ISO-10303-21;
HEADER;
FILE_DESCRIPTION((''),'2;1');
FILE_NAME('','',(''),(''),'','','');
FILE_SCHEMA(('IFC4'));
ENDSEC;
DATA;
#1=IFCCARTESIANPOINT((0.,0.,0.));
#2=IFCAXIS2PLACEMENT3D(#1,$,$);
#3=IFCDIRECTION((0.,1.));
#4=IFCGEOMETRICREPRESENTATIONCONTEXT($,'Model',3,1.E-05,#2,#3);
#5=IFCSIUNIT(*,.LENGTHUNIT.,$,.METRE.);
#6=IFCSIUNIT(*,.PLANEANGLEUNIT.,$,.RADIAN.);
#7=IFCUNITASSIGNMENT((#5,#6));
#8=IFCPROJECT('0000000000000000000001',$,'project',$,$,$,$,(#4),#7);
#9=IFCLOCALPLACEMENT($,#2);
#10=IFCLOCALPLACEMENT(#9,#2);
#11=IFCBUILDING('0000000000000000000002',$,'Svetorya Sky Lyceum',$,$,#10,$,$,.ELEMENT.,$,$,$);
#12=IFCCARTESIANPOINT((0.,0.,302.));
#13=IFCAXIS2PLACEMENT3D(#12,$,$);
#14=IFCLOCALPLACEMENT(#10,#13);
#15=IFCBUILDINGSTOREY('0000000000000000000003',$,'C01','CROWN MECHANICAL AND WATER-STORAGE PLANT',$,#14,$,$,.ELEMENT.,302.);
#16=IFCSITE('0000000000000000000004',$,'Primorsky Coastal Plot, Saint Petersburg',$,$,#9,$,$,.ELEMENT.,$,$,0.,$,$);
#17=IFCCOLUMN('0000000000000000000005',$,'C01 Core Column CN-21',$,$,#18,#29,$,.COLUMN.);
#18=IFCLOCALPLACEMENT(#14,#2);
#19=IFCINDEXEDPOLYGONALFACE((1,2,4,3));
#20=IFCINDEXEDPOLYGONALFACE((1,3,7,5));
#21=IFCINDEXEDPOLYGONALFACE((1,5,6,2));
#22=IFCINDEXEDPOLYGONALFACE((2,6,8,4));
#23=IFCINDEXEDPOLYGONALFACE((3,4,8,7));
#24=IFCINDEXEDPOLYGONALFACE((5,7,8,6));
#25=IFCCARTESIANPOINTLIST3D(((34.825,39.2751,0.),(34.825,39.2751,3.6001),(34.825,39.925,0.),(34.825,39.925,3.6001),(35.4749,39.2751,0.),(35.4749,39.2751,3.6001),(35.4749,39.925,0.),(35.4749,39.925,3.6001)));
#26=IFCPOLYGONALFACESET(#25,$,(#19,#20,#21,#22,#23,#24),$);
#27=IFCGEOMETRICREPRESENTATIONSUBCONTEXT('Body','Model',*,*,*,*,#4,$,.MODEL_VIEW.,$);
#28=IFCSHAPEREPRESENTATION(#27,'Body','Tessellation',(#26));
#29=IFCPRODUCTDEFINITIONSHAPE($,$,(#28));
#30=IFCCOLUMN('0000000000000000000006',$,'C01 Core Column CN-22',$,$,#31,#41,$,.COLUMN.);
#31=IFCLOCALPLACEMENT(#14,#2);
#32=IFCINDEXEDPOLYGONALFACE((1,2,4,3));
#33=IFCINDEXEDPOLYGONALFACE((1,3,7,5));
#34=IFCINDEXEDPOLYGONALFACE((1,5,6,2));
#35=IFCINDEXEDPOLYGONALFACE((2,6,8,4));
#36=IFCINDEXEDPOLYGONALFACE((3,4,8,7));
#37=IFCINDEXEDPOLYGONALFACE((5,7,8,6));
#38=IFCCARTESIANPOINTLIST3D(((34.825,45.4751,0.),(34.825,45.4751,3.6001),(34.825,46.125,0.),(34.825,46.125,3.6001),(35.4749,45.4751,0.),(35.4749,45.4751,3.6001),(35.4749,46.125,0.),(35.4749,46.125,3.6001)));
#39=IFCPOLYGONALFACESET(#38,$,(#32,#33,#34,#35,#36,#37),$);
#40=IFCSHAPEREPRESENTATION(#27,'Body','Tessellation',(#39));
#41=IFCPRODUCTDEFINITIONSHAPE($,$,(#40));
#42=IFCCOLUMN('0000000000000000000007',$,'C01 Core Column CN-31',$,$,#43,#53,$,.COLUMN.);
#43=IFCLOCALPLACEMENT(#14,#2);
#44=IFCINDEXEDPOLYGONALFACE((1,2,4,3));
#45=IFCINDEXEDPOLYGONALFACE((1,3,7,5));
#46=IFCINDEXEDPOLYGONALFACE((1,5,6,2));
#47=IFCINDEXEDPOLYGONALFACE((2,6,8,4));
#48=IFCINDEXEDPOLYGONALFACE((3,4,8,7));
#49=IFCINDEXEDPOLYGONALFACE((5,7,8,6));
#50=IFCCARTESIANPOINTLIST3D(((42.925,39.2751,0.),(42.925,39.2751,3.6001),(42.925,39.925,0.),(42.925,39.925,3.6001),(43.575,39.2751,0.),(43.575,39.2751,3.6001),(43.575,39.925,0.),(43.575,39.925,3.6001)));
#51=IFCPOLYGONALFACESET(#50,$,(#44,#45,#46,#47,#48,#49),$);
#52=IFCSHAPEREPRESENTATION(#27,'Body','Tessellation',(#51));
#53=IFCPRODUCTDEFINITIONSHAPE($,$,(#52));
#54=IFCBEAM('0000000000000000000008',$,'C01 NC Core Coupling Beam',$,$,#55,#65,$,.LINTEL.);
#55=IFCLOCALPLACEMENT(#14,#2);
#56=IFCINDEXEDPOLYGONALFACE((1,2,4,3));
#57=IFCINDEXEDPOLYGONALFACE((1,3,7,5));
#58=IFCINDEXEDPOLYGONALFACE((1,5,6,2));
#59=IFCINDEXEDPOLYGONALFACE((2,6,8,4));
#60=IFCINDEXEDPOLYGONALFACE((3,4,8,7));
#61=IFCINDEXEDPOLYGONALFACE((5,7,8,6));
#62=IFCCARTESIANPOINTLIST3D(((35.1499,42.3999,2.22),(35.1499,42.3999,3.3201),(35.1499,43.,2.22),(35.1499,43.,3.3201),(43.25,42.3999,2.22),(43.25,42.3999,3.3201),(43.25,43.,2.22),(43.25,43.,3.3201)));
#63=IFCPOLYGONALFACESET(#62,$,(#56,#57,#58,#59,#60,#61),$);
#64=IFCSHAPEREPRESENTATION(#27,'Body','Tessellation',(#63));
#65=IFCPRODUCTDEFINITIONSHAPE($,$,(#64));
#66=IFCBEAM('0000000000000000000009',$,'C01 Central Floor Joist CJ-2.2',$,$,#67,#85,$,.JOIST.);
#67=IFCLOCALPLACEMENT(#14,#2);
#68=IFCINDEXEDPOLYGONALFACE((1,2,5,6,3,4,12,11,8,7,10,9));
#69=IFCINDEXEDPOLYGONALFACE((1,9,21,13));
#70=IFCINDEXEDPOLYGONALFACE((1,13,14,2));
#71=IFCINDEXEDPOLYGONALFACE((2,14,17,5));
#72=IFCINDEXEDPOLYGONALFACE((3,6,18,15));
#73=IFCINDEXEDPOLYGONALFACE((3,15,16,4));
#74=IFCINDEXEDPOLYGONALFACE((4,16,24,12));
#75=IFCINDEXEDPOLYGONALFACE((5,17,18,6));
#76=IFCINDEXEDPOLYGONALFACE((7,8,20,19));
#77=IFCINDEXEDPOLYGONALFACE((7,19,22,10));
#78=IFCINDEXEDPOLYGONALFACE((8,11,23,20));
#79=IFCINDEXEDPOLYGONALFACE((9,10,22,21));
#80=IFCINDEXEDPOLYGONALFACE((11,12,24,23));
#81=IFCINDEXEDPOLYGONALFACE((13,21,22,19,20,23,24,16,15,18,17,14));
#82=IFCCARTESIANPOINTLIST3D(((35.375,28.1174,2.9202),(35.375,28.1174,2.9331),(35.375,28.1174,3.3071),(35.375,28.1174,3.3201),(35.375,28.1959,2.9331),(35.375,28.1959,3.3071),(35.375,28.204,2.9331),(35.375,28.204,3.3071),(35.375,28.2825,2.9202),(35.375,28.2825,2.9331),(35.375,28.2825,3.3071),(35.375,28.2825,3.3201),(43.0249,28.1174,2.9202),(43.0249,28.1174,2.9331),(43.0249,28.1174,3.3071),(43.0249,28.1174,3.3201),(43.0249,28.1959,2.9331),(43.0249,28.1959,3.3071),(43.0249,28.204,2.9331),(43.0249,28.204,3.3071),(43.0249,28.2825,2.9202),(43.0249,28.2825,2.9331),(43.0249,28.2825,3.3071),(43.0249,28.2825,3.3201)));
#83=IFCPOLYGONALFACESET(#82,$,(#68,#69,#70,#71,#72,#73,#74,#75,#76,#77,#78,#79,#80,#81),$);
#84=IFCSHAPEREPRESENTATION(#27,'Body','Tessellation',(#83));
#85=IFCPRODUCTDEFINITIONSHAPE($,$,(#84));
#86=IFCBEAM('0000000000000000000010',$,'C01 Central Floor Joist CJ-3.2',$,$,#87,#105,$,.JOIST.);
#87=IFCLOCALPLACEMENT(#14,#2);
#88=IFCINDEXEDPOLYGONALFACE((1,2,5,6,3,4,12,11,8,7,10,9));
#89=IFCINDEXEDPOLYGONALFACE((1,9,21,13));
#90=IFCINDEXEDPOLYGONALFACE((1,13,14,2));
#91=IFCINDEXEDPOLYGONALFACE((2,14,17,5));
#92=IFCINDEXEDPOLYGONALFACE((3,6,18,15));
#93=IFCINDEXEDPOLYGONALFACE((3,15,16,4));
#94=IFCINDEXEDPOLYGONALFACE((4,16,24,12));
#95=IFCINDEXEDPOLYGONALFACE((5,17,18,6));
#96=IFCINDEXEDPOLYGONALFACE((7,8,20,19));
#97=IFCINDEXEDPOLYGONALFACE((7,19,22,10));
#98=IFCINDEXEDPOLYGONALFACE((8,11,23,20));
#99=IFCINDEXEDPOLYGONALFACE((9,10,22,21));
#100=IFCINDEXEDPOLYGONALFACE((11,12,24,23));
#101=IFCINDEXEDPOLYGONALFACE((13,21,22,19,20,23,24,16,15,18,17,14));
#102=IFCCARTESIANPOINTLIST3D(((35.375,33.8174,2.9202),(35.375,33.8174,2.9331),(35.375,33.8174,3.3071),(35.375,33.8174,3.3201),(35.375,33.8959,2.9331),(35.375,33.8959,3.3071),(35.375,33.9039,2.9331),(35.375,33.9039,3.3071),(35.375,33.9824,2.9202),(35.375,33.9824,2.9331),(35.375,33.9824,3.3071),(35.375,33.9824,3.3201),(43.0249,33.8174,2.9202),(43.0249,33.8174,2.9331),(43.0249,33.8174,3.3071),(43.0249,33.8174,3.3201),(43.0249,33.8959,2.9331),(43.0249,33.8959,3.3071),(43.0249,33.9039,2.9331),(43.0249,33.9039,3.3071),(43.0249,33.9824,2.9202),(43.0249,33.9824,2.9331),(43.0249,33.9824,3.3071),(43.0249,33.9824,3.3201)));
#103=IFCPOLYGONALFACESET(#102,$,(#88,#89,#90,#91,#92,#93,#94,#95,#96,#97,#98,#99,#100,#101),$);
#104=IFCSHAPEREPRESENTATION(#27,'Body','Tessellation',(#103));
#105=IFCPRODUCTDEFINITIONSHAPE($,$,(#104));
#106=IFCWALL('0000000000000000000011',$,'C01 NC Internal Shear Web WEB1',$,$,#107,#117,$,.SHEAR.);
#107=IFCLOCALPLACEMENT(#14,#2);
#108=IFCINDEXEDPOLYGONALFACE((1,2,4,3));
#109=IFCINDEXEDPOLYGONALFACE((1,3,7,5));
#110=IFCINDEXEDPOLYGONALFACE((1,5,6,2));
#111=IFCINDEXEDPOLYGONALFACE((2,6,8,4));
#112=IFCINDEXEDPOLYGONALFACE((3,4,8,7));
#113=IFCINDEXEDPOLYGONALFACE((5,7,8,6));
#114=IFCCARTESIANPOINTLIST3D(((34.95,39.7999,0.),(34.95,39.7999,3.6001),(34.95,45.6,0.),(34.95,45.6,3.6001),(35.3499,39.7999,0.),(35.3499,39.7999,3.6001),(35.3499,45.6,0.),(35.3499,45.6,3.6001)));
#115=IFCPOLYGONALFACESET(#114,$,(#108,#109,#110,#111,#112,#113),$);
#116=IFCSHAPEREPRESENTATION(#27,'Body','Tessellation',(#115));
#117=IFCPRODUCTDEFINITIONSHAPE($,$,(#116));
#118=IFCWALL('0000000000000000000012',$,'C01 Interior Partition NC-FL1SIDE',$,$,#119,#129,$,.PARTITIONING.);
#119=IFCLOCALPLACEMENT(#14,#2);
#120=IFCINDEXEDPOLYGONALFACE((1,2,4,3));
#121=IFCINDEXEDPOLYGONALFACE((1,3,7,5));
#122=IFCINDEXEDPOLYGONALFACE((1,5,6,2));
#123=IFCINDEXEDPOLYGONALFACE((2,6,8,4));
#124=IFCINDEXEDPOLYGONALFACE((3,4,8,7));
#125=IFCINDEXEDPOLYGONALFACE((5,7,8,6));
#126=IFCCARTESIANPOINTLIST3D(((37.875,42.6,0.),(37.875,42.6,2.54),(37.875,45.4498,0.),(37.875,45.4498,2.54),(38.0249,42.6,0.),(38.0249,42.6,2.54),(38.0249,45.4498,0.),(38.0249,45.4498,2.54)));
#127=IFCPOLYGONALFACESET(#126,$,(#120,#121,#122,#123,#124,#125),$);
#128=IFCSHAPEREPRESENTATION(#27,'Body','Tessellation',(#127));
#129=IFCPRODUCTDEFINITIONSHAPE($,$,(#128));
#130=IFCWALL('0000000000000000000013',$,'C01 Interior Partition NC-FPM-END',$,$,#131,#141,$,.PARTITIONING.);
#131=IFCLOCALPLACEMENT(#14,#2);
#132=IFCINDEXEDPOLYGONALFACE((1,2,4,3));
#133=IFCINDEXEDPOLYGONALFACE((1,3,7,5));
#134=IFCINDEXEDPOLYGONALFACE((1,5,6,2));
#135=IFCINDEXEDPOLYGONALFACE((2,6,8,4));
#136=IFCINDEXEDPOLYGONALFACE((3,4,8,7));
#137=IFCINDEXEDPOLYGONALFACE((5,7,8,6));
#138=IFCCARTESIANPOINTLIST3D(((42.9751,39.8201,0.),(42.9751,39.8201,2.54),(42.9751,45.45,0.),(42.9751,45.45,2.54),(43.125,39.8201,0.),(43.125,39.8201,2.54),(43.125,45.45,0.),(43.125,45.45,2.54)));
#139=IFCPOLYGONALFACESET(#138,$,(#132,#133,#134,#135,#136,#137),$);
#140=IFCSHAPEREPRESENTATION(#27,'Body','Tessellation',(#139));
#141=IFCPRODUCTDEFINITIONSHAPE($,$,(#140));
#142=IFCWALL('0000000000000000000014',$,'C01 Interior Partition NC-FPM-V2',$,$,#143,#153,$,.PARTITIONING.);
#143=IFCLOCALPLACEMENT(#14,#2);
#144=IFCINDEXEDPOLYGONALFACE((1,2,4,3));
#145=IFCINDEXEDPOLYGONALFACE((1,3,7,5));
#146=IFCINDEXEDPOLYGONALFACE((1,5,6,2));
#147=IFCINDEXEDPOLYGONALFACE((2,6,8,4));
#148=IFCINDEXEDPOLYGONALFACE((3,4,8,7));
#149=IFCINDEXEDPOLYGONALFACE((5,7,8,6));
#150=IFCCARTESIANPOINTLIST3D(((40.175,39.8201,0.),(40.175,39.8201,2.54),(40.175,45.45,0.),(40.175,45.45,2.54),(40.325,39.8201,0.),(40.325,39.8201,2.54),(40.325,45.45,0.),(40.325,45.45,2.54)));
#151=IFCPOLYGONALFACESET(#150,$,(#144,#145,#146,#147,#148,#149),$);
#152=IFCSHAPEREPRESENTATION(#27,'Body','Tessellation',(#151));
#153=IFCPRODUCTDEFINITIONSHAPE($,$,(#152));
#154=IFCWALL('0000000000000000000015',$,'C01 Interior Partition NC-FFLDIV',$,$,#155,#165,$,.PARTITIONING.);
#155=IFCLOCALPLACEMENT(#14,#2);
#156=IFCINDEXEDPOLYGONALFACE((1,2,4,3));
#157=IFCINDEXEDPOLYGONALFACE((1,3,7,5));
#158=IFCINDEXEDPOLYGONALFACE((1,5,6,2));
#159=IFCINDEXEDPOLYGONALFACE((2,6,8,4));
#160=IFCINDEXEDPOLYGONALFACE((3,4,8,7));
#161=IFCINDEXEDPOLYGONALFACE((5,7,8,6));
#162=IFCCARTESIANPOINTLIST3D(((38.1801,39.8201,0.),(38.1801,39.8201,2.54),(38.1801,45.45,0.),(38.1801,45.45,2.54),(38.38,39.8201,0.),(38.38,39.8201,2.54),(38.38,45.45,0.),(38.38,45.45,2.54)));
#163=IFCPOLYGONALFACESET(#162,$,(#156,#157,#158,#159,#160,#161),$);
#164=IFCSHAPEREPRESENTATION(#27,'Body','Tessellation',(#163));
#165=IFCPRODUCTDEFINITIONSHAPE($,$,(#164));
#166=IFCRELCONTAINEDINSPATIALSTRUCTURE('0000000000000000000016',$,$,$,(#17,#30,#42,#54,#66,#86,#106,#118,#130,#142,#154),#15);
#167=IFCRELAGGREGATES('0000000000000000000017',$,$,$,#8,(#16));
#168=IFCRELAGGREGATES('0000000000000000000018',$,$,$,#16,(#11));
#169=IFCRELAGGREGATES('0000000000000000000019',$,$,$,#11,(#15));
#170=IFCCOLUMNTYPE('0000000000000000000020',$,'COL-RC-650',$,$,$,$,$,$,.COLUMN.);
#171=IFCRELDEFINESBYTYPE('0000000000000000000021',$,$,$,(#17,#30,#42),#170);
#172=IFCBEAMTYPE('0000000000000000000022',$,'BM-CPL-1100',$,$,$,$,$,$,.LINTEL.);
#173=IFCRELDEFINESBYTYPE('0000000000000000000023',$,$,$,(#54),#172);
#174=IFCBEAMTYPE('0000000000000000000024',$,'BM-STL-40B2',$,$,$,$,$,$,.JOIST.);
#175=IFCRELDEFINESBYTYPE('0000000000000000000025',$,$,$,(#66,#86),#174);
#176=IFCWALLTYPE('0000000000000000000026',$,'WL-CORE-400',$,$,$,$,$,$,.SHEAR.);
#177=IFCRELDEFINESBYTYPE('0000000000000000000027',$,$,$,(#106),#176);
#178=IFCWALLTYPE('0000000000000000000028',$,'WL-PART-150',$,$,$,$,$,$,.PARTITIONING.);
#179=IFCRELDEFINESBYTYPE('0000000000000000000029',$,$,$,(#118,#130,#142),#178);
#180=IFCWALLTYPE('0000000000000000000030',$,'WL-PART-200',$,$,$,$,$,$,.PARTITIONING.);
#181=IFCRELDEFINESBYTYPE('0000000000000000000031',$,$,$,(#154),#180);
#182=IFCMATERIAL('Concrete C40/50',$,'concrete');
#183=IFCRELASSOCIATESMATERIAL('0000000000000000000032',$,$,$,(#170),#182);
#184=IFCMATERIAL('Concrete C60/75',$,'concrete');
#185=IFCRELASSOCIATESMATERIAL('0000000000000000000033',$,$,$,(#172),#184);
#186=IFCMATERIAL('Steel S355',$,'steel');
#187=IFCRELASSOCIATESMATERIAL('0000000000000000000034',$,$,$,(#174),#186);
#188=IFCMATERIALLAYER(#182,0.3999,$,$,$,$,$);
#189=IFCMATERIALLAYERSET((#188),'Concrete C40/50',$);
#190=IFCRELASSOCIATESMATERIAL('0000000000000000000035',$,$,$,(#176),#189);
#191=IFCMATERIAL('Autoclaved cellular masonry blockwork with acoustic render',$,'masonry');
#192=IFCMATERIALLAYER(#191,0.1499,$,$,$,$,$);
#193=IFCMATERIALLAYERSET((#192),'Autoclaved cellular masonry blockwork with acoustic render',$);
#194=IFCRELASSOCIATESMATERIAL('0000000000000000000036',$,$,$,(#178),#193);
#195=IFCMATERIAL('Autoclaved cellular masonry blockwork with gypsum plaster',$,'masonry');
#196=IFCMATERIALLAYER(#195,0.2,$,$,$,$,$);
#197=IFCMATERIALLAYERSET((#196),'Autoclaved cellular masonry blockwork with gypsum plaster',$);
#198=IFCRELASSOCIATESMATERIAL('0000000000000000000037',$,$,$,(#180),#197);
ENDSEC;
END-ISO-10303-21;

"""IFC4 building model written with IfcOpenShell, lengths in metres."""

from ifc_helpers import new_model, si_unit, direction, frame, frame_2d, origin, origin_2d, place, context, subcontext, project, spatial, rectangle, i_section, extrude, material, layer, layer_set, material_profile, profile_set, type_object, element, save


model = new_model("IFC4")

# Units and contexts
model_context = context("Model", 3, precision=1e-05, world=origin(), true_north=direction((0.0, 1.0)))
body_context = subcontext(model_context, "Body", "Model", "MODEL_VIEW")
ifc_project = project(units=[si_unit("LENGTHUNIT", "METRE"), si_unit("PLANEANGLEUNIT", "RADIAN")], contexts=[model_context])

# Site, building, storey
site_placement = place(None, origin())
site = spatial("IfcSite", under=ifc_project, at=site_placement, Name="Primorsky Coastal Plot, Saint Petersburg", CompositionType="ELEMENT", RefElevation=0.0)
building_placement = place(site_placement, origin())
building = spatial("IfcBuilding", under=site, at=building_placement, Name="Svetorya Sky Lyceum", CompositionType="ELEMENT")
storey_placement = place(building_placement, frame((0.0, 0.0, 302.0)))
storey = spatial("IfcBuildingStorey", under=building, at=storey_placement, Name="C01", Description="CROWN MECHANICAL AND WATER-STORAGE PLANT", CompositionType="ELEMENT", Elevation=302.0)

# Columns
ifc_material_1 = material(Name="Concrete C40/50", Category="concrete")
ifc_material_profile_1 = material_profile(ifc_material_1, rectangle(XDim=0.6499, YDim=0.6499, at=origin_2d()), Name="RC COL 650x650")
ifc_profile_set_1 = profile_set([ifc_material_profile_1], Name="Concrete C40/50")
column_type = type_object("IfcColumnType", Name="COL-RC-650", PredefinedType="COLUMN", material=ifc_profile_set_1)
for number, where, z_axis, x_axis, name in (
    (1, (35.1499, 39.6001, 0.0), (0.0, 0.0, 1.0), (1.0, 0.0, 0.0), "C01 Core Column CN-21"),
    (2, (35.1499, 45.8, 0.0), (0.0, 0.0, 1.0), (1.0, 0.0, 0.0), "C01 Core Column CN-22"),
    (3, (43.25, 39.6001, 0.0), (0.0, 0.0, 1.0), (1.0, 0.0, 0.0), "C01 Core Column CN-31"),
):
    element("IfcColumn", number, at=place(storey_placement, frame(where, z_axis=z_axis, x_axis=x_axis)), inside=storey, type_object=column_type, Name=name, PredefinedType="COLUMN", context=body_context, shape_type="SweptSolid", body=[
        extrude(rectangle(XDim=0.6499, YDim=0.6499, at=origin_2d()), origin(), (0.0, 0.0, 1.0), 3.6001),
    ])

# Beams
ifc_material_2 = material(Name="Concrete C60/75", Category="concrete")
ifc_material_profile_2 = material_profile(ifc_material_2, rectangle(XDim=0.6001, YDim=1.1001, at=origin_2d()), Name="RC COUPLING 600x1100")
ifc_profile_set_2 = profile_set([ifc_material_profile_2], Name="Concrete C60/75")
beam_type_1 = type_object("IfcBeamType", Name="BM-CPL-1100", PredefinedType="LINTEL", material=ifc_profile_set_2)
beam_placement = place(storey_placement, frame((35.1499, 42.7, 2.77), z_axis=(1.0, 0.0, 0.0), x_axis=(0.0, 1.0, 0.0)))
element("IfcBeam", 4, at=beam_placement, inside=storey, type_object=beam_type_1, Name="C01 NC Core Coupling Beam", PredefinedType="LINTEL", context=body_context, shape_type="SweptSolid", body=[
    extrude(rectangle(XDim=0.6001, YDim=1.1001, at=origin_2d()), origin(), (0.0, 0.0, 1.0), 8.1001),
])
ifc_material_3 = material(Name="Steel S355", Category="steel")
ifc_material_profile_3 = material_profile(ifc_material_3, i_section(OverallWidth=0.165, OverallDepth=0.3999, WebThickness=0.0081, FlangeThickness=0.0129, at=origin_2d()), Name="GOST 40B2")
ifc_profile_set_3 = profile_set([ifc_material_profile_3], Name="Steel S355")
beam_type_2 = type_object("IfcBeamType", Name="BM-STL-40B2", PredefinedType="JOIST", material=ifc_profile_set_3)
for number, where, z_axis, x_axis, name in (
    (5, (35.375, 28.2, 3.1201), (1.0, 0.0, 0.0), (0.0, 1.0, 0.0), "C01 Central Floor Joist CJ-2.2"),
    (6, (35.375, 33.8999, 3.1201), (1.0, 0.0, 0.0), (0.0, 1.0, 0.0), "C01 Central Floor Joist CJ-3.2"),
):
    element("IfcBeam", number, at=place(storey_placement, frame(where, z_axis=z_axis, x_axis=x_axis)), inside=storey, type_object=beam_type_2, Name=name, PredefinedType="JOIST", context=body_context, shape_type="SweptSolid", body=[
        extrude(i_section(OverallWidth=0.165, OverallDepth=0.3999, WebThickness=0.0081, FlangeThickness=0.0129, at=origin_2d()), origin(), (0.0, 0.0, 1.0), 7.6499),
    ])

# Walls
ifc_layer_1 = layer(ifc_material_1, 0.3999)
ifc_layer_set_1 = layer_set([ifc_layer_1], Name="Concrete C40/50")
wall_type_1 = type_object("IfcWallType", Name="WL-CORE-400", PredefinedType="SHEAR", material=ifc_layer_set_1)
wall_1_placement = place(storey_placement, frame((35.1499, 39.8, 0.0), z_axis=(0.0, 0.0, 1.0), x_axis=(0.0, 1.0, 0.0)))
element("IfcWall", 7, at=wall_1_placement, inside=storey, type_object=wall_type_1, Name="C01 NC Internal Shear Web WEB1", PredefinedType="SHEAR", context=body_context, shape_type="SweptSolid", body=[
    extrude(rectangle(XDim=5.8, YDim=0.3999, at=frame_2d((2.8999, 0.0))), origin(), (0.0, 0.0, 1.0), 3.6001),
])
ifc_material_4 = material(Name="Autoclaved cellular masonry blockwork with acoustic render", Category="masonry")
ifc_layer_2 = layer(ifc_material_4, 0.1499)
ifc_layer_set_2 = layer_set([ifc_layer_2], Name="Autoclaved cellular masonry blockwork with acoustic render")
wall_type_2 = type_object("IfcWallType", Name="WL-PART-150", PredefinedType="PARTITIONING", material=ifc_layer_set_2)
wall_2_placement = place(storey_placement, frame((37.95, 42.6001, 0.0), z_axis=(0.0, 0.0, 1.0), x_axis=(0.0, 1.0, 0.0)))
element("IfcWall", 8, at=wall_2_placement, inside=storey, type_object=wall_type_2, Name="C01 Interior Partition NC-FL1SIDE", PredefinedType="PARTITIONING", context=body_context, shape_type="SweptSolid", body=[
    extrude(rectangle(XDim=2.8499, YDim=0.1499, at=frame_2d((1.4248, 0.0))), origin(), (0.0, 0.0, 1.0), 2.54),
])
for number, where, z_axis, x_axis, name in (
    (9, (43.05, 39.8201, 0.0), (0.0, 0.0, 1.0), (0.0, 1.0, 0.0), "C01 Interior Partition NC-FPM-END"),
    (10, (40.25, 39.8201, 0.0), (0.0, 0.0, 1.0), (0.0, 1.0, 0.0), "C01 Interior Partition NC-FPM-V2"),
):
    element("IfcWall", number, at=place(storey_placement, frame(where, z_axis=z_axis, x_axis=x_axis)), inside=storey, type_object=wall_type_2, Name=name, PredefinedType="PARTITIONING", context=body_context, shape_type="SweptSolid", body=[
        extrude(rectangle(XDim=5.6299, YDim=0.1499, at=frame_2d((2.8149, 0.0))), origin(), (0.0, 0.0, 1.0), 2.54),
    ])

# Shared definitions
ifc_material_5 = material(Name="Autoclaved cellular masonry blockwork with gypsum plaster", Category="masonry")
ifc_layer_3 = layer(ifc_material_5, 0.2)
ifc_layer_set_3 = layer_set([ifc_layer_3], Name="Autoclaved cellular masonry blockwork with gypsum plaster")
wall_type_3 = type_object("IfcWallType", Name="WL-PART-200", PredefinedType="PARTITIONING", material=ifc_layer_set_3)

# Wall
wall_3_placement = place(storey_placement, frame((38.28, 39.8201, 0.0), z_axis=(0.0, 0.0, 1.0), x_axis=(0.0, 1.0, 0.0)))
element("IfcWall", 11, at=wall_3_placement, inside=storey, type_object=wall_type_3, Name="C01 Interior Partition NC-FFLDIV", PredefinedType="PARTITIONING", context=body_context, shape_type="SweptSolid", body=[
    extrude(rectangle(XDim=5.6299, YDim=0.2, at=frame_2d((2.8149, 0.0))), origin(), (0.0, 0.0, 1.0), 2.54),
])

save(model, "model.ifc")
